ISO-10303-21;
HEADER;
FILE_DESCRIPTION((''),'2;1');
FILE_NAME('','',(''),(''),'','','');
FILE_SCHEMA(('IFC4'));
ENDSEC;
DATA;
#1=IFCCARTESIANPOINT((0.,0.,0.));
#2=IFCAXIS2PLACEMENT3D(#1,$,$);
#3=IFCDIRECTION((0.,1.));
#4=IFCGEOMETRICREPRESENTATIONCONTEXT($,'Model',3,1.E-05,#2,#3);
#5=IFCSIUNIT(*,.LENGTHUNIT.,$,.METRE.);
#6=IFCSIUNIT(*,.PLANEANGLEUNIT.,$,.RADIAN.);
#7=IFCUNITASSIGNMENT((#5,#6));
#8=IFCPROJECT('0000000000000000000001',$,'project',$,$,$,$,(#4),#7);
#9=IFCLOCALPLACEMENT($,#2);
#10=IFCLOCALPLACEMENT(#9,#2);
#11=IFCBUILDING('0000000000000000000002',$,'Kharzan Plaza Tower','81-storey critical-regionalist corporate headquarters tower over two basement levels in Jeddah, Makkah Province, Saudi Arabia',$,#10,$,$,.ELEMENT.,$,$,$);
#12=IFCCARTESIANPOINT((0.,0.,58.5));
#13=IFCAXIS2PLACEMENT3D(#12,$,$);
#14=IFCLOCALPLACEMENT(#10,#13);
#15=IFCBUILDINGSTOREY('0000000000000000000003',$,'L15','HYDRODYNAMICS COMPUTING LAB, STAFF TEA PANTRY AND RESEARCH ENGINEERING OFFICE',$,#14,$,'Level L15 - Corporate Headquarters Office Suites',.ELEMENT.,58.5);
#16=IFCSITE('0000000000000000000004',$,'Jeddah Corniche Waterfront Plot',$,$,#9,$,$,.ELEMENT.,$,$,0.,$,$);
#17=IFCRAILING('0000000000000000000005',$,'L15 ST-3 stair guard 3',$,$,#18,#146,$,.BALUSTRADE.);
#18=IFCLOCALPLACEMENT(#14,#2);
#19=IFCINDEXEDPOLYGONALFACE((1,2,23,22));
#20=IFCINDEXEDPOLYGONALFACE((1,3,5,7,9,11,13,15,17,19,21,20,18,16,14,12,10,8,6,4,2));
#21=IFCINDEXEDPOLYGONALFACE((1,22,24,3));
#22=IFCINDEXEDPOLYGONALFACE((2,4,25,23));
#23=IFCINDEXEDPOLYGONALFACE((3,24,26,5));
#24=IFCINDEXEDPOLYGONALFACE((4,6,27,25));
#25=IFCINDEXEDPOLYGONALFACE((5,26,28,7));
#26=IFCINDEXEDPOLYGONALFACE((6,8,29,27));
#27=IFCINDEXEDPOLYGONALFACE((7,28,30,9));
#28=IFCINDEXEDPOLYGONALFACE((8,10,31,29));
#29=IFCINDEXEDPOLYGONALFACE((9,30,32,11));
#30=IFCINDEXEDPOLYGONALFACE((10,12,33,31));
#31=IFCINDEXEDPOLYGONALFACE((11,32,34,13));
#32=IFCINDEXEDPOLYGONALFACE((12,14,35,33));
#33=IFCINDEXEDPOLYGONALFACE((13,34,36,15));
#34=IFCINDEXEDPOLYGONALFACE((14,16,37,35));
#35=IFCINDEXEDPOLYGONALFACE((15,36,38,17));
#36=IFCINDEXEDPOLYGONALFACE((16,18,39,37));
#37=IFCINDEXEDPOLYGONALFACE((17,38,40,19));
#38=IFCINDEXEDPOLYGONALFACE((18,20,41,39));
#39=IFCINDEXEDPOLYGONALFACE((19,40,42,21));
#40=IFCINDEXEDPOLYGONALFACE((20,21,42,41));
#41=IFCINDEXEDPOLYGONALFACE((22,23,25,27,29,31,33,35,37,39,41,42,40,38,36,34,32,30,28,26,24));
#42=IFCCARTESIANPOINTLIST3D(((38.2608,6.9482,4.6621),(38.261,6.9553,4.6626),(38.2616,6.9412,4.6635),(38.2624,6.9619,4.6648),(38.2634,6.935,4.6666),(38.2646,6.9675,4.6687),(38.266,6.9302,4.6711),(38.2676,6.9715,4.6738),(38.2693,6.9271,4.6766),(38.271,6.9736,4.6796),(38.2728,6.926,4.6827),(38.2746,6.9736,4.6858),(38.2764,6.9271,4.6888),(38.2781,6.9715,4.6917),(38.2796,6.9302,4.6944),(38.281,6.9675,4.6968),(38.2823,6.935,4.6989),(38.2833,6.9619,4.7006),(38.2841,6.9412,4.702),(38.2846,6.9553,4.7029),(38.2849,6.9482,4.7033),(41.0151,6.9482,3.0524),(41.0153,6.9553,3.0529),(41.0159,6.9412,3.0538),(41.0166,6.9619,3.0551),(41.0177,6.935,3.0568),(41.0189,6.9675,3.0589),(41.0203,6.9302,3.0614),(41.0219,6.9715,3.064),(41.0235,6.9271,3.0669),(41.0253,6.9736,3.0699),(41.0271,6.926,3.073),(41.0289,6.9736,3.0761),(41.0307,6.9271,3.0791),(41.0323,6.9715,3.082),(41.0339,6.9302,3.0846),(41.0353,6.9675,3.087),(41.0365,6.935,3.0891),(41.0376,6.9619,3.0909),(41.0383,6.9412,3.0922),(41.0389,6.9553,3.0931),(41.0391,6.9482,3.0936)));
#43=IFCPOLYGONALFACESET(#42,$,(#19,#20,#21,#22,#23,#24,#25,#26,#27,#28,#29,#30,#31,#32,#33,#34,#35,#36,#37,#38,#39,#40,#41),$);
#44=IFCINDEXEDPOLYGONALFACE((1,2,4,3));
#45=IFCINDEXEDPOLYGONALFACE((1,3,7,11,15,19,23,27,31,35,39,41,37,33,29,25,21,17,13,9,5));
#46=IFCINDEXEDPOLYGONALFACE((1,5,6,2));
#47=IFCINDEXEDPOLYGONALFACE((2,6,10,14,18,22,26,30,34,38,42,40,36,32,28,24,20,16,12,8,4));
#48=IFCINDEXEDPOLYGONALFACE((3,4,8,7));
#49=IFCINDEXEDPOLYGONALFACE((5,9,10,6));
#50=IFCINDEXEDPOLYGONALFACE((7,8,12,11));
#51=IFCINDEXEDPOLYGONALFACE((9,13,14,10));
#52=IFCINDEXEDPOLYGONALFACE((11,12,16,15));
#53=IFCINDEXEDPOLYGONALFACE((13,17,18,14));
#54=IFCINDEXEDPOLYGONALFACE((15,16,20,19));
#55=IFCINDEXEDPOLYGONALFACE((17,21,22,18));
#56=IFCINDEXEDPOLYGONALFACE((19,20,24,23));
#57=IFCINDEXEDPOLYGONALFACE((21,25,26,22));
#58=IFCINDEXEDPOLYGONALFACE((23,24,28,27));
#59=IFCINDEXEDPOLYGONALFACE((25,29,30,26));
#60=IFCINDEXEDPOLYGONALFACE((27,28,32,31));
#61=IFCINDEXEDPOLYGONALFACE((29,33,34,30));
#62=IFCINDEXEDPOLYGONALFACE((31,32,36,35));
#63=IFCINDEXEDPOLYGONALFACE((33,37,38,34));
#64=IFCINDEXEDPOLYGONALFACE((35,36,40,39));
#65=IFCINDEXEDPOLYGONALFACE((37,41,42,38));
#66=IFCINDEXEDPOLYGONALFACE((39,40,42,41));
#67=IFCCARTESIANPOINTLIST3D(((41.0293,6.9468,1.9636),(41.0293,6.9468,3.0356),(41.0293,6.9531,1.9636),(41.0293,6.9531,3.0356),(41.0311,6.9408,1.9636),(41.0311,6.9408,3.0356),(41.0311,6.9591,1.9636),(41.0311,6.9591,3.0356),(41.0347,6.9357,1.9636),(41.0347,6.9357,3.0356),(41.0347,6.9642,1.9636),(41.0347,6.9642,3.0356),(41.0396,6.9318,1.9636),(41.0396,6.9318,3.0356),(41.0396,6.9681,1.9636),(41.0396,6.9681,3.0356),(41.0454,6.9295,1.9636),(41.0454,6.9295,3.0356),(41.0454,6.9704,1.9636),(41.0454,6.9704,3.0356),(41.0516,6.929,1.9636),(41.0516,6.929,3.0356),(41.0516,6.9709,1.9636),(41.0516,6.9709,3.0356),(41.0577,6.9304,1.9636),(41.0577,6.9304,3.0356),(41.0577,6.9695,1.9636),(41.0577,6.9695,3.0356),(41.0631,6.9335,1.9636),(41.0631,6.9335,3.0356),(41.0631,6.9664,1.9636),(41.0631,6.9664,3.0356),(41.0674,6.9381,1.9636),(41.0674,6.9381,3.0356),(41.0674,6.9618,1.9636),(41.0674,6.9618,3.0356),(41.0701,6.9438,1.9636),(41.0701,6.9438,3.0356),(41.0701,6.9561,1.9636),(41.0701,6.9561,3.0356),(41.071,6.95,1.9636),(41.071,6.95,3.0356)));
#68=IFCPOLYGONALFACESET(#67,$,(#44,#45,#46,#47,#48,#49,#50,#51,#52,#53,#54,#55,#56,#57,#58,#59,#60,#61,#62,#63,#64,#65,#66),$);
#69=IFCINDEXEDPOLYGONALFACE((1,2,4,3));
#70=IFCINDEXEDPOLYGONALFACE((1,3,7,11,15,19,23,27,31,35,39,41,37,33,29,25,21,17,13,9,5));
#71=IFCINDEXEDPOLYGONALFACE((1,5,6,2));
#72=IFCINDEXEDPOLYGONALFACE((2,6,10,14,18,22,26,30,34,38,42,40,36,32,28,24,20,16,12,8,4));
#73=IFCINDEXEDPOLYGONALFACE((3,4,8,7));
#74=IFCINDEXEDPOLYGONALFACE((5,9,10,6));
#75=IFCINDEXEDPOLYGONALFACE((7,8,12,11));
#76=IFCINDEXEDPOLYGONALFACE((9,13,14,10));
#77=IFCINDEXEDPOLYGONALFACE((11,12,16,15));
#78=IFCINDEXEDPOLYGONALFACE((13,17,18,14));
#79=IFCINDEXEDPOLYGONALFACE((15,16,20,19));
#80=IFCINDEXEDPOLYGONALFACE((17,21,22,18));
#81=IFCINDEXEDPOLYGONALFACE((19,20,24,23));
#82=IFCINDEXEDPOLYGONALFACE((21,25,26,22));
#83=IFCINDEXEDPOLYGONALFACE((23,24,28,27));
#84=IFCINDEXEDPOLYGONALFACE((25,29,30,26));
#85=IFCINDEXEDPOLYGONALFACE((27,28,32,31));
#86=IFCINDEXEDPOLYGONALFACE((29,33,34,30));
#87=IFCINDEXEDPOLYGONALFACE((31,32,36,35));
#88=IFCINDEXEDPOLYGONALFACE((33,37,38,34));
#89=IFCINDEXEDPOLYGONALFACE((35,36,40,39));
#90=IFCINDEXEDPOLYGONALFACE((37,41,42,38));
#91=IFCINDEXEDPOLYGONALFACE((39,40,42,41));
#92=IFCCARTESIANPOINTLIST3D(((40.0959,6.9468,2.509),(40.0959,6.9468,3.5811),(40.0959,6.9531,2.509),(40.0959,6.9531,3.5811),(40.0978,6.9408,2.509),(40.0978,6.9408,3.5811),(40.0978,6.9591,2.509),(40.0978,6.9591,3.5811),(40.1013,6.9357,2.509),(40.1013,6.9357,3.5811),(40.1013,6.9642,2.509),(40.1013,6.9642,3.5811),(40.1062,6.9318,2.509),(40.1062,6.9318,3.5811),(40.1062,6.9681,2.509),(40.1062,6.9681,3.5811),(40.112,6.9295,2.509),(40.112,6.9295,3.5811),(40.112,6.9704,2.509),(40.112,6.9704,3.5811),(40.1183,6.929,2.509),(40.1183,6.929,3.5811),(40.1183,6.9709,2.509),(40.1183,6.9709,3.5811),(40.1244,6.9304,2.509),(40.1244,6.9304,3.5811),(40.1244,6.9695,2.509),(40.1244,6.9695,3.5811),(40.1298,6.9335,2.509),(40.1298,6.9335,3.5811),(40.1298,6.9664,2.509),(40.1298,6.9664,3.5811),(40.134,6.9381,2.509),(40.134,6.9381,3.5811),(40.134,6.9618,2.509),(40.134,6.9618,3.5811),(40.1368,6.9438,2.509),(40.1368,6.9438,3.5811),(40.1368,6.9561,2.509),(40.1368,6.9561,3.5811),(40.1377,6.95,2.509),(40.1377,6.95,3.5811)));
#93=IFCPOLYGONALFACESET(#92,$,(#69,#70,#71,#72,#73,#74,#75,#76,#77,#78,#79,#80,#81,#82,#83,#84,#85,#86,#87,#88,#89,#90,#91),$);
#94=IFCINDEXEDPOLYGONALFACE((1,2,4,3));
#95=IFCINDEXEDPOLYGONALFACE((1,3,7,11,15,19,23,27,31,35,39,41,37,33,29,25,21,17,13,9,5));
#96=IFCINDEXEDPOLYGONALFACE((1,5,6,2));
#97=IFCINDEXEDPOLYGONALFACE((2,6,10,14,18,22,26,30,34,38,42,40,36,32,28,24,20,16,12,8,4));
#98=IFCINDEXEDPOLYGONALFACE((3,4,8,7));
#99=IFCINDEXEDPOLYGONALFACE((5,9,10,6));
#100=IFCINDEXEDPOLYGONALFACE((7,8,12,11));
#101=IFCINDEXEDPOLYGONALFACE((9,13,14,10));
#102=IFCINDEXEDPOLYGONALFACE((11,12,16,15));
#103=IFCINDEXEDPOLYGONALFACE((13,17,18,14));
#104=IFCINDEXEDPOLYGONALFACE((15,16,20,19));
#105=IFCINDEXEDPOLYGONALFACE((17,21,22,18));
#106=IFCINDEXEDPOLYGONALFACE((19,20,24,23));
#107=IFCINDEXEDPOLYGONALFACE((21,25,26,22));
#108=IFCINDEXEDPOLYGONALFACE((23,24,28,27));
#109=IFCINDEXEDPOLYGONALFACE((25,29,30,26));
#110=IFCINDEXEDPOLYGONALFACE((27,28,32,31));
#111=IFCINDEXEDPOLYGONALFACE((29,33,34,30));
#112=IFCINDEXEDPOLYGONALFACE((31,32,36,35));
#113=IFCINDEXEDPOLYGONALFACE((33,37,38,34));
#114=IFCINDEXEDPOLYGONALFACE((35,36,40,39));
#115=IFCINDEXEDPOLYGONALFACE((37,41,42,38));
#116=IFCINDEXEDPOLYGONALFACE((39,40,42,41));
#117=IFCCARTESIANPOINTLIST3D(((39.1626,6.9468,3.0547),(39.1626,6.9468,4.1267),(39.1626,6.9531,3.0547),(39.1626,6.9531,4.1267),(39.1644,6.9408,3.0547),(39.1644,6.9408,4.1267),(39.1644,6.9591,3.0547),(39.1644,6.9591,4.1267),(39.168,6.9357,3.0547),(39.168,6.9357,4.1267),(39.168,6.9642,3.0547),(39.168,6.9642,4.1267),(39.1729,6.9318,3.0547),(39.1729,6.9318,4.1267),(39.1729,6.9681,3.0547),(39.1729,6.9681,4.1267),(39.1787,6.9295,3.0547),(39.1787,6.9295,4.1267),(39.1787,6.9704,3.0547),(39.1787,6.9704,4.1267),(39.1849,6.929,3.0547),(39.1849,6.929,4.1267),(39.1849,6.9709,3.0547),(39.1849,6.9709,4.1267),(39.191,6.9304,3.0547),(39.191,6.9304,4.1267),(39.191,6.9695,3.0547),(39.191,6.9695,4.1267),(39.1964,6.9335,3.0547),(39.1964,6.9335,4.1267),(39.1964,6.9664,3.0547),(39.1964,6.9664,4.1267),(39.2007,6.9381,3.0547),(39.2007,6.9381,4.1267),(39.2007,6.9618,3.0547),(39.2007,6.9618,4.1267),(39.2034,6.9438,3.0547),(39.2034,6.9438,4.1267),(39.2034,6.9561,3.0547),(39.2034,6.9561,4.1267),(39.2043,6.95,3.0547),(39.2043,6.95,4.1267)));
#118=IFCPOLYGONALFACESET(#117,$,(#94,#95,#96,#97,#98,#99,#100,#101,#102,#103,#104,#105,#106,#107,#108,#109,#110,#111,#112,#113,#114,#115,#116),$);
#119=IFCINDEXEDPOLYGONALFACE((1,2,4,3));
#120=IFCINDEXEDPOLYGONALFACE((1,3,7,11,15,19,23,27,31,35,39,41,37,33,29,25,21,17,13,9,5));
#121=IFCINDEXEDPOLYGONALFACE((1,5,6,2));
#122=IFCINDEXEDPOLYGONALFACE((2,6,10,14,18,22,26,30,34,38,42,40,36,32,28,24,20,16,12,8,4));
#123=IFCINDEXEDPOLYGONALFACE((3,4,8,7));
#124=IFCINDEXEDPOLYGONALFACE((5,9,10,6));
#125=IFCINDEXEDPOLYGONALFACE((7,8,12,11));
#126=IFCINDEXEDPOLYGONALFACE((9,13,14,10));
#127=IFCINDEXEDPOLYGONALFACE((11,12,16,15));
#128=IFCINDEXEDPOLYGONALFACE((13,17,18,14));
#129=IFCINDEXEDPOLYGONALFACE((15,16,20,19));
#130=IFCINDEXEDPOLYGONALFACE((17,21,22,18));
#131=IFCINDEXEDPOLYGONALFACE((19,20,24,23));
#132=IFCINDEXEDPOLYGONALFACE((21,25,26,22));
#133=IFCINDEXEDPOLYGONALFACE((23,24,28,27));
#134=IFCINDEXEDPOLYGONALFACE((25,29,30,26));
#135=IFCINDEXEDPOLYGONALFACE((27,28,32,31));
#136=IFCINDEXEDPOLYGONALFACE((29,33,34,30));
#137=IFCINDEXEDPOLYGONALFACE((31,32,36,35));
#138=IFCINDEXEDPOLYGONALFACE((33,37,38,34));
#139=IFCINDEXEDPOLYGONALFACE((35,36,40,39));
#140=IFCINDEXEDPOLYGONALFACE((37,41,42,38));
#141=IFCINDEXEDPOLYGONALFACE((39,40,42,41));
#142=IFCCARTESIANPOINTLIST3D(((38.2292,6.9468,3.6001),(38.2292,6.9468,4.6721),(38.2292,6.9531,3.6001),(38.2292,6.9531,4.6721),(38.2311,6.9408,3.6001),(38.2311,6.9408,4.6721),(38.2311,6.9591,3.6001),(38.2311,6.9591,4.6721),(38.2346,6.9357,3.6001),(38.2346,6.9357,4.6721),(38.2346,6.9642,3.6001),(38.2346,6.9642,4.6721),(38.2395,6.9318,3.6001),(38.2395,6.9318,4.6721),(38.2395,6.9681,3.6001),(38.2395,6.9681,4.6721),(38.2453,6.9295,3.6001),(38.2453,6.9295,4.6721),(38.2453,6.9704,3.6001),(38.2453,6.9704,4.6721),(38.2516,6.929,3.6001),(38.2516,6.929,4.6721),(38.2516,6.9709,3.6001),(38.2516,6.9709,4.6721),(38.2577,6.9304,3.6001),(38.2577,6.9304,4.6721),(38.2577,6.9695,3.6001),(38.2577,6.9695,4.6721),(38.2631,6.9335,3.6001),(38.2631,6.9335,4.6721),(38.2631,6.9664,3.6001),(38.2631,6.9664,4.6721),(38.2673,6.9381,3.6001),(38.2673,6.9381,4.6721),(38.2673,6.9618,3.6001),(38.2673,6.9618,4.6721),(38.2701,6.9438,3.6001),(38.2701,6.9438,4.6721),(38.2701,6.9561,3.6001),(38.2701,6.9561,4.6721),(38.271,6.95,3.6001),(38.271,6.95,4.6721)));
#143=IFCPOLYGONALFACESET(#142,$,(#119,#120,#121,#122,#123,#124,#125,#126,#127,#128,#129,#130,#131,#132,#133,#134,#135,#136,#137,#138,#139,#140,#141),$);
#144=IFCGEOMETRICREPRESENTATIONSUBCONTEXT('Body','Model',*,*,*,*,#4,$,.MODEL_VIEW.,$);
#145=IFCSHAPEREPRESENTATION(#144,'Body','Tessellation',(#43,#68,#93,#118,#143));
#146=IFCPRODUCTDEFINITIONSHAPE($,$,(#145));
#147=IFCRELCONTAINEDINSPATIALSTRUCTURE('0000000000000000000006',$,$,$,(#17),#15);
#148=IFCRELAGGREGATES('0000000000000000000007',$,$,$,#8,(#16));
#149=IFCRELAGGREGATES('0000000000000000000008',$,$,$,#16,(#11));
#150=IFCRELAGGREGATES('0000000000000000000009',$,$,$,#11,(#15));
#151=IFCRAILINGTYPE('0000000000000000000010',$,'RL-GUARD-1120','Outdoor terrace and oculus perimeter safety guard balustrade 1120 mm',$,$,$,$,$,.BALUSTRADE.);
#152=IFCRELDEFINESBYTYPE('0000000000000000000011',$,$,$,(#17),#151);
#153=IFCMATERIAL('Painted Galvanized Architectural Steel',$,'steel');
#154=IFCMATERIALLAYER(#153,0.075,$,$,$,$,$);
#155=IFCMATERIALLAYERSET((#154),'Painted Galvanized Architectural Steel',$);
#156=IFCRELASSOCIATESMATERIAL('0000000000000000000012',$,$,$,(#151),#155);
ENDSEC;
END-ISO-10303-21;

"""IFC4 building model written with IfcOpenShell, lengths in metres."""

from ifc_helpers import new_model, si_unit, direction, frame, origin, origin_2d, place, context, subcontext, project, spatial, circle, extrude, source, transform, mapped, material, layer, layer_set, type_object, element, save


model = new_model("IFC4")

# Units and contexts
model_context = context("Model", 3, precision=1e-05, world=origin(), true_north=direction((0.0, 1.0)))
body_context = subcontext(model_context, "Body", "Model", "MODEL_VIEW")
ifc_project = project(units=[si_unit("LENGTHUNIT", "METRE"), si_unit("PLANEANGLEUNIT", "RADIAN")], contexts=[model_context])

# Site, building, storey
site_placement = place(None, origin())
site = spatial("IfcSite", under=ifc_project, at=site_placement, Name="Jeddah Corniche Waterfront Plot", CompositionType="ELEMENT", RefElevation=0.0)
building_placement = place(site_placement, origin())
building = spatial("IfcBuilding", under=site, at=building_placement, Name="Kharzan Plaza Tower", Description="81-storey critical-regionalist corporate headquarters tower over two basement levels in Jeddah, Makkah Province, Saudi Arabia", CompositionType="ELEMENT")
storey_placement = place(building_placement, frame((0.0, 0.0, 58.5)))
storey = spatial("IfcBuildingStorey", under=building, at=storey_placement, Name="L15", Description="HYDRODYNAMICS COMPUTING LAB, STAFF TEA PANTRY AND RESEARCH ENGINEERING OFFICE", LongName="Level L15 - Corporate Headquarters Office Suites", CompositionType="ELEMENT", Elevation=58.5)

# Railing
ifc_material_1 = material(Name="Painted Galvanized Architectural Steel", Category="steel")
ifc_layer_1 = layer(ifc_material_1, 0.075)
ifc_layer_set_1 = layer_set([ifc_layer_1], Name="Painted Galvanized Architectural Steel")
railing_type_1 = type_object("IfcRailingType", Name="RL-GUARD-1120", Description="Outdoor terrace and oculus perimeter safety guard balustrade 1120 mm", PredefinedType="BALUSTRADE", material=ifc_layer_set_1)
shared_shape_1 = source(origin(), body_context, "Body", "SweptSolid", [
    extrude(circle(Radius=0.0239, at=origin_2d()), frame((-0.0229, 0.0, 1.1094), z_axis=(-0.863361, 0.0, 0.504587), x_axis=(0.0, -1.0, 0.0)), (0.0, 0.0, 1.0), 3.1902),
    extrude(circle(Radius=0.021, at=origin_2d()), origin(), (0.0, 0.0, 1.0), 1.072),
    extrude(circle(Radius=0.021, at=origin_2d()), frame((-0.9333, 0.0, 0.5454)), (0.0, 0.0, 1.0), 1.072),
    extrude(circle(Radius=0.021, at=origin_2d()), frame((-1.8667, 0.0, 1.0911)), (0.0, 0.0, 1.0), 1.072),
    extrude(circle(Radius=0.021, at=origin_2d()), frame((-2.8, 0.0, 1.6365)), (0.0, 0.0, 1.0), 1.072),
])
railing_1_placement = place(storey_placement, frame((41.05, 6.95, 1.9636)))
element("IfcRailing", 1, at=railing_1_placement, inside=storey, type_object=railing_type_1, Name="L15 ST-3 stair guard 3", PredefinedType="BALUSTRADE", context=body_context, shape_type="MappedRepresentation", body=[
    mapped(shared_shape_1, transform((0.0, 0.0, 0.0), x_axis=(1.0, 0.0, 0.0), y_axis=(0.0, 1.0, 0.0), z_axis=(0.0, 0.0, 1.0))),
])

save(model, "model.ifc")
